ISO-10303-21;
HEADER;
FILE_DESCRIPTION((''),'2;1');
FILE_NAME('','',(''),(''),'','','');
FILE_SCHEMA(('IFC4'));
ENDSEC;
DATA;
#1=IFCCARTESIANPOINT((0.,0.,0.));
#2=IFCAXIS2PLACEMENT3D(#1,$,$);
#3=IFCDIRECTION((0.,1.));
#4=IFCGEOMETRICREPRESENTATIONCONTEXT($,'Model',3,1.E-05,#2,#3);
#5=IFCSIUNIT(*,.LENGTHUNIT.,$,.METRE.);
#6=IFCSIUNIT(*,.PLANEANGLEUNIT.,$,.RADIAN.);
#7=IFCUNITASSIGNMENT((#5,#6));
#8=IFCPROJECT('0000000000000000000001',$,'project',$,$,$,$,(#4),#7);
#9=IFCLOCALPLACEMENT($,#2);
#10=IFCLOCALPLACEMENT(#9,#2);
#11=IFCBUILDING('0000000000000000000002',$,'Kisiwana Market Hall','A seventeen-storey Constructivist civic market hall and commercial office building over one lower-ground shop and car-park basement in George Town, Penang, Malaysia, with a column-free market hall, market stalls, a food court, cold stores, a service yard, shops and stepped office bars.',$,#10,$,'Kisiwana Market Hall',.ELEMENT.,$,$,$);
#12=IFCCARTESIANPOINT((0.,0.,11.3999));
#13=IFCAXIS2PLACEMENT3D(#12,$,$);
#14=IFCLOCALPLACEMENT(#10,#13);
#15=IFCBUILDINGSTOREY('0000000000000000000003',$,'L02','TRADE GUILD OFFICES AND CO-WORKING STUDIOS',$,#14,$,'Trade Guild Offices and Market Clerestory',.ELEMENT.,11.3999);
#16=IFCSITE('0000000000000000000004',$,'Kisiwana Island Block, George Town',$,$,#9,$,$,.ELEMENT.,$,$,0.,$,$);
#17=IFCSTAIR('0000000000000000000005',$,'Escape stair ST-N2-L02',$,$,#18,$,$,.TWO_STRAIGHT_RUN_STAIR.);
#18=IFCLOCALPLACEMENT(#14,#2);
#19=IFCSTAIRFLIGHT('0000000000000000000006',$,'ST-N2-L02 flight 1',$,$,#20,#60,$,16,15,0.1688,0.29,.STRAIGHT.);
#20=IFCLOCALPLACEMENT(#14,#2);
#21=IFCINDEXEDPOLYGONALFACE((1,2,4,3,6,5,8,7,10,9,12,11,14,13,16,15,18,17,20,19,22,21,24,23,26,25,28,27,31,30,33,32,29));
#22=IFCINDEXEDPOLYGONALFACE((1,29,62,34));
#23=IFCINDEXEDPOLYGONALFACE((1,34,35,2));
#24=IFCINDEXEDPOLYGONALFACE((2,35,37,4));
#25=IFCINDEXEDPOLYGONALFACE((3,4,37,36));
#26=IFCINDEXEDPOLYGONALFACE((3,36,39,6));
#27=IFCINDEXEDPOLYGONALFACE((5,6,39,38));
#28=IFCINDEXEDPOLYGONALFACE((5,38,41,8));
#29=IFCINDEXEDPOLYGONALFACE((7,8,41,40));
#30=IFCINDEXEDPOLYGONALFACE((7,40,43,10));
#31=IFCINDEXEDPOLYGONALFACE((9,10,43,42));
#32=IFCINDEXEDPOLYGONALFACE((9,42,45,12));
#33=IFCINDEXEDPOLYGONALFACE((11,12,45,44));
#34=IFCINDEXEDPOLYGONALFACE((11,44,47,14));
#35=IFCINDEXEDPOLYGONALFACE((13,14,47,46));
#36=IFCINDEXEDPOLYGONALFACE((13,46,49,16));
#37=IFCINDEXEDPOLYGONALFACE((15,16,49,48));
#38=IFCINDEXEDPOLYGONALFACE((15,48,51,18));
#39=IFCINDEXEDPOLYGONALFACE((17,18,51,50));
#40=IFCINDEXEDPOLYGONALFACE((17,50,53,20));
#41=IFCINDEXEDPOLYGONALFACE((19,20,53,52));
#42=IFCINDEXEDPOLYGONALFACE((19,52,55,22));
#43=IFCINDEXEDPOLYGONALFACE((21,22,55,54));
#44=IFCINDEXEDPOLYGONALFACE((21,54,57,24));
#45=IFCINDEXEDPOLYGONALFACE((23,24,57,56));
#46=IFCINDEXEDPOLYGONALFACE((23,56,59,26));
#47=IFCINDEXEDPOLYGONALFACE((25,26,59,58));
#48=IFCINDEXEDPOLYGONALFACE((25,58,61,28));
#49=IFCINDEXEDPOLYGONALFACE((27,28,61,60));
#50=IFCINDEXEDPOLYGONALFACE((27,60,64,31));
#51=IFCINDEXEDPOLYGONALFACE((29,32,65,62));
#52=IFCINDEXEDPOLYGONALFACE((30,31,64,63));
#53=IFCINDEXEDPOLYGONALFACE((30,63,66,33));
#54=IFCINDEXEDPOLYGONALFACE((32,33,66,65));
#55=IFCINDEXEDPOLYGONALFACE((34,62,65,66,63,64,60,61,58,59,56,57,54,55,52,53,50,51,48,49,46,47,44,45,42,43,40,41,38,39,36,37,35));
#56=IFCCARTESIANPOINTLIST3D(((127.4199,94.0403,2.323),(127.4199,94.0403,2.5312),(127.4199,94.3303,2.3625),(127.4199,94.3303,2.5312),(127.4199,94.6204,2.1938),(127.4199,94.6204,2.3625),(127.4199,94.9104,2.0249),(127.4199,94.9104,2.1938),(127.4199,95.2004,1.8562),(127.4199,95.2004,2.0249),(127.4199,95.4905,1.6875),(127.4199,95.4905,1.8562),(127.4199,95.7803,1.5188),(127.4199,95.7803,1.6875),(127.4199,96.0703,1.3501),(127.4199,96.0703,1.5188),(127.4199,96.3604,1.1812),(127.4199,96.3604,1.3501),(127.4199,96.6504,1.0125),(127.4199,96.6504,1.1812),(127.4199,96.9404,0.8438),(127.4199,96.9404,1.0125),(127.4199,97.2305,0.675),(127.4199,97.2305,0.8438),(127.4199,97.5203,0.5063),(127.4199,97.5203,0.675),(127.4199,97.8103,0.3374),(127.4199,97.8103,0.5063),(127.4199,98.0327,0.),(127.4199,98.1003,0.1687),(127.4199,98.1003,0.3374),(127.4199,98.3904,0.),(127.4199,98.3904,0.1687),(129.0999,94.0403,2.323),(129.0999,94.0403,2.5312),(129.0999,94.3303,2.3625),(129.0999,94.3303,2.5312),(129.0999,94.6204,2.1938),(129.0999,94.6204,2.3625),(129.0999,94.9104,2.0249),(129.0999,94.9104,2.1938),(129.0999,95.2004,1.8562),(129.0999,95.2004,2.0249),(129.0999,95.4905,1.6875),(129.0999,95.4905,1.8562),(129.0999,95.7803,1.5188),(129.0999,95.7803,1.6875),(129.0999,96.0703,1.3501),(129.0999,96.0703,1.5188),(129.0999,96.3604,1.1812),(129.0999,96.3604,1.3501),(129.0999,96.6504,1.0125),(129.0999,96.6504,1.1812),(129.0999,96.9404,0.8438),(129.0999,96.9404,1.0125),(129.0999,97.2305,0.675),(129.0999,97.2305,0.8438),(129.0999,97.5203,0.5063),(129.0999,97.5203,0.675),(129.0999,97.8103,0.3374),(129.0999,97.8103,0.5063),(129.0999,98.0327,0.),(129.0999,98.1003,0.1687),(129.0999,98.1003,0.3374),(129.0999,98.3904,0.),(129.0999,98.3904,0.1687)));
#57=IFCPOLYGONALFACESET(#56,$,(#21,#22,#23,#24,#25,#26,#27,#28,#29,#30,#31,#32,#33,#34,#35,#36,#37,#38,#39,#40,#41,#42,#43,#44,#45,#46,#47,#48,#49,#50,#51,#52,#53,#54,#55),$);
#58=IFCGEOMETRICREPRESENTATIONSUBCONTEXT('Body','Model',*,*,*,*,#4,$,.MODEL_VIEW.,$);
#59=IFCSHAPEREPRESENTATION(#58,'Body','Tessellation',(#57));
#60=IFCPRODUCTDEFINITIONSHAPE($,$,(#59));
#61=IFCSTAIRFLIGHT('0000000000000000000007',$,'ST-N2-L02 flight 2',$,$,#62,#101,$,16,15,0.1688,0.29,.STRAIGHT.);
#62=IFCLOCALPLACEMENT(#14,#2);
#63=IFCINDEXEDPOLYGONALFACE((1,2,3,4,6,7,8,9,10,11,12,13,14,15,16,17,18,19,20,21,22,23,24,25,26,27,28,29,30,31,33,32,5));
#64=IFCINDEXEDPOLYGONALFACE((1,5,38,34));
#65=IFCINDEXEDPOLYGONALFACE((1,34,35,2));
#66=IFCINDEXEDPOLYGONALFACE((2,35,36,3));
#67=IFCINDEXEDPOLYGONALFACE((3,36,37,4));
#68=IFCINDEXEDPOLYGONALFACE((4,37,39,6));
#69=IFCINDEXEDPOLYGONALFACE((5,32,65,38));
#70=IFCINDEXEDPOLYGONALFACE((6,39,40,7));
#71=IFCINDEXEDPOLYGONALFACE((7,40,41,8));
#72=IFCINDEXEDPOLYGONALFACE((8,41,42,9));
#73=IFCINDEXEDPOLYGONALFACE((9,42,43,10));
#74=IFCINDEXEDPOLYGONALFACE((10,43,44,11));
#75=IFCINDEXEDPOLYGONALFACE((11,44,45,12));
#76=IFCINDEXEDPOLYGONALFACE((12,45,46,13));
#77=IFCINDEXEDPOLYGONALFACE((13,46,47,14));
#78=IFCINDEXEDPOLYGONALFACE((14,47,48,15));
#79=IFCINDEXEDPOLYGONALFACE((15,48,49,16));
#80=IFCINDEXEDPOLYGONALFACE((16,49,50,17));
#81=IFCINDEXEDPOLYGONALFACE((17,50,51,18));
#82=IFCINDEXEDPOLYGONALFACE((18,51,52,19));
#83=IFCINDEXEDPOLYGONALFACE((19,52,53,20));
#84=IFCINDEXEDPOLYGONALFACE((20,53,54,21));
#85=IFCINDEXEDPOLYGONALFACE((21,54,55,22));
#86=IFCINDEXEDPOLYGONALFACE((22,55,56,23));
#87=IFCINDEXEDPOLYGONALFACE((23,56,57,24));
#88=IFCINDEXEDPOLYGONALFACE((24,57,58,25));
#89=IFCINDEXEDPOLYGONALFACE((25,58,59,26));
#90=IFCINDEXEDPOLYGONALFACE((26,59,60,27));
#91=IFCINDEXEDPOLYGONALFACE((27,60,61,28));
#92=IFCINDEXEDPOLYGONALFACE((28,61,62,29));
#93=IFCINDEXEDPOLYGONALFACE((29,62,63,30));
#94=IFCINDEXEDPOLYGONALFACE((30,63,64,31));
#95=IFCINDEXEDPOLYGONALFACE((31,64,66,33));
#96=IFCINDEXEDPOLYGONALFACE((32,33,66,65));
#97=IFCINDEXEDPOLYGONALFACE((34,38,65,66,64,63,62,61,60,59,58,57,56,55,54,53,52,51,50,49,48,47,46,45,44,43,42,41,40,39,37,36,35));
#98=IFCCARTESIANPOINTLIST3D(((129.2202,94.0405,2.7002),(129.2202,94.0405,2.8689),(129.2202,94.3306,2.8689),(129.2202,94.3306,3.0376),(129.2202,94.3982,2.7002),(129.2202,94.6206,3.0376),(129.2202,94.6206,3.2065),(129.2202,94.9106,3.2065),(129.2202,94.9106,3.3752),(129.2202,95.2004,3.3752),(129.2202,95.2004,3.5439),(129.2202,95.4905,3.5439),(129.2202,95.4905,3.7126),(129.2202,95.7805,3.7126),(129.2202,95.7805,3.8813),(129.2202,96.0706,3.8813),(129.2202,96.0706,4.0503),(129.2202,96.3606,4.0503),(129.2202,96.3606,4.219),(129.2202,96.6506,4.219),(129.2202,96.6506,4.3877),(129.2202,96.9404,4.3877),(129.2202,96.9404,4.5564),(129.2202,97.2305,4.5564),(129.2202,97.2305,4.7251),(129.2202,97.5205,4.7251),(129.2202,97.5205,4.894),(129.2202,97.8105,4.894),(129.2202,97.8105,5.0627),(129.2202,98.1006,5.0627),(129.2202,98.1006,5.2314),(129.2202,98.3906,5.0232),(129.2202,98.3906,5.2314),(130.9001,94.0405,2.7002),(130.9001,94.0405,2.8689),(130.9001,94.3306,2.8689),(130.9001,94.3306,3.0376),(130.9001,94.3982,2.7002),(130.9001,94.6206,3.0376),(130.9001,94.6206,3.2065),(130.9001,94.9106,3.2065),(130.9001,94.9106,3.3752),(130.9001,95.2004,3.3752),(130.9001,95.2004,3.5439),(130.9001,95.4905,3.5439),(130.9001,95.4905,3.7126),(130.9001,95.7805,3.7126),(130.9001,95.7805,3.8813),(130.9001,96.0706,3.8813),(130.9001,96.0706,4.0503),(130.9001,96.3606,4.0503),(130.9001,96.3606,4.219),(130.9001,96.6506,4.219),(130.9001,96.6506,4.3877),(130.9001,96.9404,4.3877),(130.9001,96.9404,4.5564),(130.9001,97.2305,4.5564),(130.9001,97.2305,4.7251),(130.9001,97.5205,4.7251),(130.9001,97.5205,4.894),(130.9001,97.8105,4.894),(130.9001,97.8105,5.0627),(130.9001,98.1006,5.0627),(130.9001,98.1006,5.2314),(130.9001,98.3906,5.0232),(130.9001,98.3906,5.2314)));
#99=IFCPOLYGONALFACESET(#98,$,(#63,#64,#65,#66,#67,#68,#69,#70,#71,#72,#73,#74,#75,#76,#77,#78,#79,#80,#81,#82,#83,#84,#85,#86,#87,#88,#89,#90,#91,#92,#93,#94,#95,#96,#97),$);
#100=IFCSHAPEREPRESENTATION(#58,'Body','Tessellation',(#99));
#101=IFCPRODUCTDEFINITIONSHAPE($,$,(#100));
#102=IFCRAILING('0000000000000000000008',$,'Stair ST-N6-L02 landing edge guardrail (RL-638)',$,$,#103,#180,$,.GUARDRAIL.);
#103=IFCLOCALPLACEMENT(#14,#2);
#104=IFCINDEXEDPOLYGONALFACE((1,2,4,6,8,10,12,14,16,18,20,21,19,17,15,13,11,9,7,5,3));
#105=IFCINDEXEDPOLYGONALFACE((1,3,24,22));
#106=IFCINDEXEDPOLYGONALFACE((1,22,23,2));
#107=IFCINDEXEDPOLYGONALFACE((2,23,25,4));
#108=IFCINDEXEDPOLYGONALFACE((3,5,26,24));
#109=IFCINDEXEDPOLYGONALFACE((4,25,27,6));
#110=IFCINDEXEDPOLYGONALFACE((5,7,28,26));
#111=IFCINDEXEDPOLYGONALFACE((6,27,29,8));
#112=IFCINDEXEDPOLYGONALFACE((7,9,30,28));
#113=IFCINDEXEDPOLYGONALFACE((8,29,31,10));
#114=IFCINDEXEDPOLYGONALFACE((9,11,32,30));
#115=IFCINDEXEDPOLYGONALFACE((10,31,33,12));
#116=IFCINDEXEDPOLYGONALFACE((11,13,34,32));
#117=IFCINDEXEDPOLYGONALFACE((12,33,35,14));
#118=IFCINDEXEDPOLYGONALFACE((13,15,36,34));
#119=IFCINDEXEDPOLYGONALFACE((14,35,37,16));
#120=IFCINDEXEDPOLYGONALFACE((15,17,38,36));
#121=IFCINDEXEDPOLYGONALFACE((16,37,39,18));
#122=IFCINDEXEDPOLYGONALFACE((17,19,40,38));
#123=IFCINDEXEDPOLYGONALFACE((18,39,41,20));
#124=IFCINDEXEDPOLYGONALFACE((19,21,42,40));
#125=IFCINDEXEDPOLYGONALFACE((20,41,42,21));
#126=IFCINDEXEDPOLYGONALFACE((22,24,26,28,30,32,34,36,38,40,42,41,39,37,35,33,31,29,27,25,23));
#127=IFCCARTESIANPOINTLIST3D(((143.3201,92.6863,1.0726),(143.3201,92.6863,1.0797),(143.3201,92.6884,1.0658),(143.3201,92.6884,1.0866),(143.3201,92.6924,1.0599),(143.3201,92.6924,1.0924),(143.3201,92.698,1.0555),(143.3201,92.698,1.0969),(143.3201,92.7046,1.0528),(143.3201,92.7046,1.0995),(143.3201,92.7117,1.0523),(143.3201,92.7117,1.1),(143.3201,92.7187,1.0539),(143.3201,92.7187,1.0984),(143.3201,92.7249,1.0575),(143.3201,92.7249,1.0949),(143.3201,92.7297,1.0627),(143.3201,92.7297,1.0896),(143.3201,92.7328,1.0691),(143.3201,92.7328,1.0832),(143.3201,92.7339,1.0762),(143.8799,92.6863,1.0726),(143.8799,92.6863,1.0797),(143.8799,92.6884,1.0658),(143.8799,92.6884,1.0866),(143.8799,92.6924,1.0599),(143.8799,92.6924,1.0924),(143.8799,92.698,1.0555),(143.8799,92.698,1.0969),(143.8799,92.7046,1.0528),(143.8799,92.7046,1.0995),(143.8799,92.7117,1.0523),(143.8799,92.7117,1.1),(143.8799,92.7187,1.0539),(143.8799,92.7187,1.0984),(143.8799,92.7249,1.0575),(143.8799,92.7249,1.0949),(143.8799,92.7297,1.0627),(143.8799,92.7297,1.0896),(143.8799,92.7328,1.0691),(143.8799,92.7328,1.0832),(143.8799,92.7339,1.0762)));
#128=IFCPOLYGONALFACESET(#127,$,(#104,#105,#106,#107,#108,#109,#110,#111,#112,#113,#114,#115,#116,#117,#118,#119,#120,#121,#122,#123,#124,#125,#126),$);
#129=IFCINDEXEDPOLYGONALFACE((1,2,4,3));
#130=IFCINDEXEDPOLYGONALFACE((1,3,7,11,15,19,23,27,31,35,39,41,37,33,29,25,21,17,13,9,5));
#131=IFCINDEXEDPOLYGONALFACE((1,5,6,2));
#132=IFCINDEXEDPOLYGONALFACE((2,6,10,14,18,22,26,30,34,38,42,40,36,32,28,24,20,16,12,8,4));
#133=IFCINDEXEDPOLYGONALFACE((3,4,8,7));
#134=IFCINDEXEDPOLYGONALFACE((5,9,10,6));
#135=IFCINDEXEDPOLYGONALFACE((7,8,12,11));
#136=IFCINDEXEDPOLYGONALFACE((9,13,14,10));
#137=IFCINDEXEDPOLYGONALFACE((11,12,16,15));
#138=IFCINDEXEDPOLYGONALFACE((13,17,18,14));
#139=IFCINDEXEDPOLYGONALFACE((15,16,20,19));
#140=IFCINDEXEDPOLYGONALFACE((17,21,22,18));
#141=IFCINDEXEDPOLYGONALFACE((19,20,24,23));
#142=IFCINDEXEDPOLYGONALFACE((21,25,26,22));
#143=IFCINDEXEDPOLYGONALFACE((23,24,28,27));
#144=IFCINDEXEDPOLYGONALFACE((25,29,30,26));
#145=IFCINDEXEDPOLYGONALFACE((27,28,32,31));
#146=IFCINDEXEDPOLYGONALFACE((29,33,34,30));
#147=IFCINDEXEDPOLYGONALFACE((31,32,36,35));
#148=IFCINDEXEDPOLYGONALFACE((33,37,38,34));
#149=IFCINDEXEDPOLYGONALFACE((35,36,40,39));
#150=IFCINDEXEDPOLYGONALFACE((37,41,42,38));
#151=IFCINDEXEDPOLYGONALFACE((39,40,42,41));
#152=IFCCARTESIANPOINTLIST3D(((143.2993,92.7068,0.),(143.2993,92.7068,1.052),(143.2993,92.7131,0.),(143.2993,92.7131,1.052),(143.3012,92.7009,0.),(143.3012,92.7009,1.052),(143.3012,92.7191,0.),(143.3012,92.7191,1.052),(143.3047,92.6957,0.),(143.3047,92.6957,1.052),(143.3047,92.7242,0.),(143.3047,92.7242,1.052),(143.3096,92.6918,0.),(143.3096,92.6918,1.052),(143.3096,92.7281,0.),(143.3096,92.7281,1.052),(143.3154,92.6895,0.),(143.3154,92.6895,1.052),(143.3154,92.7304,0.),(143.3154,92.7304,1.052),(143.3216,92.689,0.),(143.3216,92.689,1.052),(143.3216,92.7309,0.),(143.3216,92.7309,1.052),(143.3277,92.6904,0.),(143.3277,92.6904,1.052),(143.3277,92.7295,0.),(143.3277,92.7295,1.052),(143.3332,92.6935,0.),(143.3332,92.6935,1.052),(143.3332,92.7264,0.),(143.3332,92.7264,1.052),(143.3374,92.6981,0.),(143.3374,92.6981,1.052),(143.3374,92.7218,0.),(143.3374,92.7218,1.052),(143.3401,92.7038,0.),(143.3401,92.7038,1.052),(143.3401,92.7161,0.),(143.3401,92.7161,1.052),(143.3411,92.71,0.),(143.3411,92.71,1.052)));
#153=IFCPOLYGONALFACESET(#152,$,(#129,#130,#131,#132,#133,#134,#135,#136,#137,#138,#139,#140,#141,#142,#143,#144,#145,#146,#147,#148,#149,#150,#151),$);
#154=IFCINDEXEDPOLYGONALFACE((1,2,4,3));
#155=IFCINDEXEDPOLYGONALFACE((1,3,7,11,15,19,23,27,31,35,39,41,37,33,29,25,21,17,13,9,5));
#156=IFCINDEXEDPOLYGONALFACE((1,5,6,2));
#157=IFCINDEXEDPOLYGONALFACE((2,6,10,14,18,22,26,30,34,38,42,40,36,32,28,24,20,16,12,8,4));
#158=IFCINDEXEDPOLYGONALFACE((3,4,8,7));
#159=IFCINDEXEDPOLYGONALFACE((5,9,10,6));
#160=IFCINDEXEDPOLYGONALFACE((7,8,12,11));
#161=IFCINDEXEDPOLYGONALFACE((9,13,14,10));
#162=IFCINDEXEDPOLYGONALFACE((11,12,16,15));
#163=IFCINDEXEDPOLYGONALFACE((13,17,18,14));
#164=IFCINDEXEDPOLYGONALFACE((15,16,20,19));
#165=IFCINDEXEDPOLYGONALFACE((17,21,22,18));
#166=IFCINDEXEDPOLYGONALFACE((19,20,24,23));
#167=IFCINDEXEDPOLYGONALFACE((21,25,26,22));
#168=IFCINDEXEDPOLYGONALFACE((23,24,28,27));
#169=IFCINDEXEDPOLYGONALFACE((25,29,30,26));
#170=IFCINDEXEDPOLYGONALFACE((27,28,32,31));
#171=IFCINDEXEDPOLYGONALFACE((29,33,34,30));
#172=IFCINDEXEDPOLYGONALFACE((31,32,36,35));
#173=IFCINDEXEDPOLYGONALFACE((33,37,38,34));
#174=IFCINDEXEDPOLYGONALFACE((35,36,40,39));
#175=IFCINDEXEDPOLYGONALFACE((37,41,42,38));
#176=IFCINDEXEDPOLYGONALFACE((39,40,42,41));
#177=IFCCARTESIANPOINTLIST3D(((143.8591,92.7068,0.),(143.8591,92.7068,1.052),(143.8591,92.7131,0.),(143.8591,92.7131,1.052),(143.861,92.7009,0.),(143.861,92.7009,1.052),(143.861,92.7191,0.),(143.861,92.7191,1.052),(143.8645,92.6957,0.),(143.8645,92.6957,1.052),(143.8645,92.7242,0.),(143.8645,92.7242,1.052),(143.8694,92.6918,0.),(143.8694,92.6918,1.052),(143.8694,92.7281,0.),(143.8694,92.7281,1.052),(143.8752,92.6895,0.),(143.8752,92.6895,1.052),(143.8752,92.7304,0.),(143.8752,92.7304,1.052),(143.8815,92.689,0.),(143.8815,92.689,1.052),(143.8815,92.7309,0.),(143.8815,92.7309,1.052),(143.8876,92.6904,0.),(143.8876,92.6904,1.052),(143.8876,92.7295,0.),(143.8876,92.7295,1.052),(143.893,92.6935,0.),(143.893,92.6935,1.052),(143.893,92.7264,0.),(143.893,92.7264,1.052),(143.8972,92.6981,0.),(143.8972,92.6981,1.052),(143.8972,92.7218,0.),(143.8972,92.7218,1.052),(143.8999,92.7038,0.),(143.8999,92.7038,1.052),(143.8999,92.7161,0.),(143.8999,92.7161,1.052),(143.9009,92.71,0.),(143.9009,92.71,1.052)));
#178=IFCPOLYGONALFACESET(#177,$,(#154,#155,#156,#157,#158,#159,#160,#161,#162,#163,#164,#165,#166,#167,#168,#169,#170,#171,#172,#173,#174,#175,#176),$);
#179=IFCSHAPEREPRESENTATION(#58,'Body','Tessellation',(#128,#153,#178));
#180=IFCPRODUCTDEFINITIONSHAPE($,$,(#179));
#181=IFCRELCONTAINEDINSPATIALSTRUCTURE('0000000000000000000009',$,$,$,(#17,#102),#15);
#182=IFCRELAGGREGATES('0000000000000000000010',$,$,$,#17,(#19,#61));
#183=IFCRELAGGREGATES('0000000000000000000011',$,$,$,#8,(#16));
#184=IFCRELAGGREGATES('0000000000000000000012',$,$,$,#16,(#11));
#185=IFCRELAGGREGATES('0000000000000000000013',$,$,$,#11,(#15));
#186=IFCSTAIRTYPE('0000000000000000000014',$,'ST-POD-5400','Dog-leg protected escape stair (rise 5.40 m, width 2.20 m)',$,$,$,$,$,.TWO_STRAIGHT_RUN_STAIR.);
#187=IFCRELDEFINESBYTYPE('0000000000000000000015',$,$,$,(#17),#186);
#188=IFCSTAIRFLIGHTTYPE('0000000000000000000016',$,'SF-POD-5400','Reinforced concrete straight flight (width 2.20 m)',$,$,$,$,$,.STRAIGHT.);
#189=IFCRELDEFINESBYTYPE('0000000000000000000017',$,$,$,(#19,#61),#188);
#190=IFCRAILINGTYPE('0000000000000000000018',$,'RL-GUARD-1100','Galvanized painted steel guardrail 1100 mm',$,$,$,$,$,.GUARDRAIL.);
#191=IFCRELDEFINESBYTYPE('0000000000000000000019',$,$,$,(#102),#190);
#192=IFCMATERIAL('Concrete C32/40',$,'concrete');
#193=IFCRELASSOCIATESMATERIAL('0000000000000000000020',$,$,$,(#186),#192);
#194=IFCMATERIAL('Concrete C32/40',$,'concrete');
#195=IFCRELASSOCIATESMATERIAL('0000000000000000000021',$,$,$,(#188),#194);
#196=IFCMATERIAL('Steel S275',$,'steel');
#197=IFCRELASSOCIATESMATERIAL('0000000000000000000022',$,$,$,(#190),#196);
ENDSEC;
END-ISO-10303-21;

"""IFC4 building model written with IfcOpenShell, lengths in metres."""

from ifc_helpers import new_model, si_unit, direction, frame, origin, origin_2d, place, context, subcontext, project, spatial, polyline, circle, outline, extrude, material, type_object, element, aggregate, save


model = new_model("IFC4")

# Units and contexts
model_context = context("Model", 3, precision=1e-05, world=origin(), true_north=direction((0.0, 1.0)))
body_context = subcontext(model_context, "Body", "Model", "MODEL_VIEW")
ifc_project = project(units=[si_unit("LENGTHUNIT", "METRE"), si_unit("PLANEANGLEUNIT", "RADIAN")], contexts=[model_context])

# Site, building, storey
site_placement = place(None, origin())
site = spatial("IfcSite", under=ifc_project, at=site_placement, Name="Kisiwana Island Block, George Town", CompositionType="ELEMENT", RefElevation=0.0)
building_placement = place(site_placement, origin())
building = spatial("IfcBuilding", under=site, at=building_placement, Name="Kisiwana Market Hall", Description="A seventeen-storey Constructivist civic market hall and commercial office building over one lower-ground shop and car-park basement in George Town, Penang, Malaysia, with a column-free market hall, market stalls, a food court, cold stores, a service yard, shops and stepped office bars.", LongName="Kisiwana Market Hall", CompositionType="ELEMENT")
storey_placement = place(building_placement, frame((0.0, 0.0, 11.3999)))
storey = spatial("IfcBuildingStorey", under=building, at=storey_placement, Name="L02", Description="TRADE GUILD OFFICES AND CO-WORKING STUDIOS", LongName="Trade Guild Offices and Market Clerestory", CompositionType="ELEMENT", Elevation=11.3999)

# Stair, stair flights
ifc_material_1 = material(Name="Concrete C32/40", Category="concrete")
stair_type = type_object("IfcStairType", Name="ST-POD-5400", Description="Dog-leg protected escape stair (rise 5.40 m, width 2.20 m)", PredefinedType="TWO_STRAIGHT_RUN_STAIR", material=ifc_material_1)
stair_placement = place(storey_placement, origin())
stair = element("IfcStair", 1, at=stair_placement, inside=storey, type_object=stair_type, Name="Escape stair ST-N2-L02", PredefinedType="TWO_STRAIGHT_RUN_STAIR")
ifc_material_2 = material(Name="Concrete C32/40", Category="concrete")
stair_flight_type = type_object("IfcStairFlightType", Name="SF-POD-5400", Description="Reinforced concrete straight flight (width 2.20 m)", PredefinedType="STRAIGHT", material=ifc_material_2)
stair_flight_1_placement = place(storey_placement, frame((128.26, 98.3904, 0.0), z_axis=(0.0, 0.0, 1.0), x_axis=(0.0, -1.0, 0.0)))
stair_flight_1 = element("IfcStairFlight", 2, at=stair_flight_1_placement, type_object=stair_flight_type, Name="ST-N2-L02 flight 1", NumberOfRisers=16, NumberOfTreads=15, PredefinedType="STRAIGHT", RiserHeight=0.1688, TreadLength=0.29, context=body_context, shape_type="SweptSolid", body=[
    extrude(outline(polyline([(0.0, 0.0), (0.0, 0.1687), (0.29, 0.1687), (0.29, 0.3374), (0.5801, 0.3374), (0.5801, 0.5063), (0.8701, 0.5063), (0.8701, 0.675), (1.1599, 0.675), (1.1599, 0.8438), (1.45, 0.8438), (1.45, 1.0125), (1.74, 1.0125), (1.74, 1.1812), (2.03, 1.1812), (2.03, 1.3501), (2.3201, 1.3501), (2.3201, 1.5188), (2.6101, 1.5188), (2.6101, 1.6875), (2.8999, 1.6875), (2.8999, 1.8562), (3.1899, 1.8562), (3.1899, 2.0249), (3.48, 2.0249), (3.48, 2.1938), (3.77, 2.1938), (3.77, 2.3625), (4.0601, 2.3625), (4.0601, 2.5312), (4.3501, 2.5312), (4.3501, 2.7), (4.3501, 2.323), (0.3577, 0.0), (0.0, 0.0)])), frame((0.0, 0.8398, 0.0), z_axis=(0.0, -1.0, 0.0), x_axis=(1.0, 0.0, 0.0)), (0.0, 0.0, 1.0), 1.6799),
])
stair_flight_2_placement = place(storey_placement, frame((130.0601, 94.0405, 2.7002), z_axis=(0.0, 0.0, 1.0), x_axis=(0.0, 1.0, 0.0)))
stair_flight_2 = element("IfcStairFlight", 3, at=stair_flight_2_placement, type_object=stair_flight_type, Name="ST-N2-L02 flight 2", NumberOfRisers=16, NumberOfTreads=15, PredefinedType="STRAIGHT", RiserHeight=0.1688, TreadLength=0.29, context=body_context, shape_type="SweptSolid", body=[
    extrude(outline(polyline([(0.0, 0.0), (0.0, 0.1687), (0.29, 0.1687), (0.29, 0.3374), (0.5801, 0.3374), (0.5801, 0.5063), (0.8701, 0.5063), (0.8701, 0.675), (1.1599, 0.675), (1.1599, 0.8438), (1.45, 0.8438), (1.45, 1.0125), (1.74, 1.0125), (1.74, 1.1812), (2.03, 1.1812), (2.03, 1.3501), (2.3201, 1.3501), (2.3201, 1.5188), (2.6101, 1.5188), (2.6101, 1.6875), (2.8999, 1.6875), (2.8999, 1.8562), (3.1899, 1.8562), (3.1899, 2.0249), (3.48, 2.0249), (3.48, 2.1938), (3.77, 2.1938), (3.77, 2.3625), (4.0601, 2.3625), (4.0601, 2.5312), (4.3501, 2.5312), (4.3501, 2.7), (4.3501, 2.323), (0.3577, 0.0), (0.0, 0.0)])), frame((0.0, 0.8398, 0.0), z_axis=(0.0, -1.0, 0.0), x_axis=(1.0, 0.0, 0.0)), (0.0, 0.0, 1.0), 1.6799),
])
aggregate(stair, [stair_flight_1, stair_flight_2])

# Railing
ifc_material_3 = material(Name="Steel S275", Category="steel")
railing_type_1 = type_object("IfcRailingType", Name="RL-GUARD-1100", Description="Galvanized painted steel guardrail 1100 mm", PredefinedType="GUARDRAIL", material=ifc_material_3)
railing_1_placement = place(storey_placement, frame((143.3201, 92.71, 0.0)))
element("IfcRailing", 4, at=railing_1_placement, inside=storey, type_object=railing_type_1, Name="Stair ST-N6-L02 landing edge guardrail (RL-638)", PredefinedType="GUARDRAIL", context=body_context, shape_type="SweptSolid", body=[
    extrude(circle(Radius=0.0239, at=origin_2d()), frame((0.0, 0.0, 1.0762), z_axis=(1.0, 0.0, 0.0), x_axis=(0.0, 1.0, 0.0)), (0.0, 0.0, 1.0), 0.5598),
    extrude(circle(Radius=0.021, at=origin_2d()), origin(), (0.0, 0.0, 1.0), 1.052),
    extrude(circle(Radius=0.021, at=origin_2d()), frame((0.5598, 0.0, 0.0)), (0.0, 0.0, 1.0), 1.052),
])

save(model, "model.ifc")
